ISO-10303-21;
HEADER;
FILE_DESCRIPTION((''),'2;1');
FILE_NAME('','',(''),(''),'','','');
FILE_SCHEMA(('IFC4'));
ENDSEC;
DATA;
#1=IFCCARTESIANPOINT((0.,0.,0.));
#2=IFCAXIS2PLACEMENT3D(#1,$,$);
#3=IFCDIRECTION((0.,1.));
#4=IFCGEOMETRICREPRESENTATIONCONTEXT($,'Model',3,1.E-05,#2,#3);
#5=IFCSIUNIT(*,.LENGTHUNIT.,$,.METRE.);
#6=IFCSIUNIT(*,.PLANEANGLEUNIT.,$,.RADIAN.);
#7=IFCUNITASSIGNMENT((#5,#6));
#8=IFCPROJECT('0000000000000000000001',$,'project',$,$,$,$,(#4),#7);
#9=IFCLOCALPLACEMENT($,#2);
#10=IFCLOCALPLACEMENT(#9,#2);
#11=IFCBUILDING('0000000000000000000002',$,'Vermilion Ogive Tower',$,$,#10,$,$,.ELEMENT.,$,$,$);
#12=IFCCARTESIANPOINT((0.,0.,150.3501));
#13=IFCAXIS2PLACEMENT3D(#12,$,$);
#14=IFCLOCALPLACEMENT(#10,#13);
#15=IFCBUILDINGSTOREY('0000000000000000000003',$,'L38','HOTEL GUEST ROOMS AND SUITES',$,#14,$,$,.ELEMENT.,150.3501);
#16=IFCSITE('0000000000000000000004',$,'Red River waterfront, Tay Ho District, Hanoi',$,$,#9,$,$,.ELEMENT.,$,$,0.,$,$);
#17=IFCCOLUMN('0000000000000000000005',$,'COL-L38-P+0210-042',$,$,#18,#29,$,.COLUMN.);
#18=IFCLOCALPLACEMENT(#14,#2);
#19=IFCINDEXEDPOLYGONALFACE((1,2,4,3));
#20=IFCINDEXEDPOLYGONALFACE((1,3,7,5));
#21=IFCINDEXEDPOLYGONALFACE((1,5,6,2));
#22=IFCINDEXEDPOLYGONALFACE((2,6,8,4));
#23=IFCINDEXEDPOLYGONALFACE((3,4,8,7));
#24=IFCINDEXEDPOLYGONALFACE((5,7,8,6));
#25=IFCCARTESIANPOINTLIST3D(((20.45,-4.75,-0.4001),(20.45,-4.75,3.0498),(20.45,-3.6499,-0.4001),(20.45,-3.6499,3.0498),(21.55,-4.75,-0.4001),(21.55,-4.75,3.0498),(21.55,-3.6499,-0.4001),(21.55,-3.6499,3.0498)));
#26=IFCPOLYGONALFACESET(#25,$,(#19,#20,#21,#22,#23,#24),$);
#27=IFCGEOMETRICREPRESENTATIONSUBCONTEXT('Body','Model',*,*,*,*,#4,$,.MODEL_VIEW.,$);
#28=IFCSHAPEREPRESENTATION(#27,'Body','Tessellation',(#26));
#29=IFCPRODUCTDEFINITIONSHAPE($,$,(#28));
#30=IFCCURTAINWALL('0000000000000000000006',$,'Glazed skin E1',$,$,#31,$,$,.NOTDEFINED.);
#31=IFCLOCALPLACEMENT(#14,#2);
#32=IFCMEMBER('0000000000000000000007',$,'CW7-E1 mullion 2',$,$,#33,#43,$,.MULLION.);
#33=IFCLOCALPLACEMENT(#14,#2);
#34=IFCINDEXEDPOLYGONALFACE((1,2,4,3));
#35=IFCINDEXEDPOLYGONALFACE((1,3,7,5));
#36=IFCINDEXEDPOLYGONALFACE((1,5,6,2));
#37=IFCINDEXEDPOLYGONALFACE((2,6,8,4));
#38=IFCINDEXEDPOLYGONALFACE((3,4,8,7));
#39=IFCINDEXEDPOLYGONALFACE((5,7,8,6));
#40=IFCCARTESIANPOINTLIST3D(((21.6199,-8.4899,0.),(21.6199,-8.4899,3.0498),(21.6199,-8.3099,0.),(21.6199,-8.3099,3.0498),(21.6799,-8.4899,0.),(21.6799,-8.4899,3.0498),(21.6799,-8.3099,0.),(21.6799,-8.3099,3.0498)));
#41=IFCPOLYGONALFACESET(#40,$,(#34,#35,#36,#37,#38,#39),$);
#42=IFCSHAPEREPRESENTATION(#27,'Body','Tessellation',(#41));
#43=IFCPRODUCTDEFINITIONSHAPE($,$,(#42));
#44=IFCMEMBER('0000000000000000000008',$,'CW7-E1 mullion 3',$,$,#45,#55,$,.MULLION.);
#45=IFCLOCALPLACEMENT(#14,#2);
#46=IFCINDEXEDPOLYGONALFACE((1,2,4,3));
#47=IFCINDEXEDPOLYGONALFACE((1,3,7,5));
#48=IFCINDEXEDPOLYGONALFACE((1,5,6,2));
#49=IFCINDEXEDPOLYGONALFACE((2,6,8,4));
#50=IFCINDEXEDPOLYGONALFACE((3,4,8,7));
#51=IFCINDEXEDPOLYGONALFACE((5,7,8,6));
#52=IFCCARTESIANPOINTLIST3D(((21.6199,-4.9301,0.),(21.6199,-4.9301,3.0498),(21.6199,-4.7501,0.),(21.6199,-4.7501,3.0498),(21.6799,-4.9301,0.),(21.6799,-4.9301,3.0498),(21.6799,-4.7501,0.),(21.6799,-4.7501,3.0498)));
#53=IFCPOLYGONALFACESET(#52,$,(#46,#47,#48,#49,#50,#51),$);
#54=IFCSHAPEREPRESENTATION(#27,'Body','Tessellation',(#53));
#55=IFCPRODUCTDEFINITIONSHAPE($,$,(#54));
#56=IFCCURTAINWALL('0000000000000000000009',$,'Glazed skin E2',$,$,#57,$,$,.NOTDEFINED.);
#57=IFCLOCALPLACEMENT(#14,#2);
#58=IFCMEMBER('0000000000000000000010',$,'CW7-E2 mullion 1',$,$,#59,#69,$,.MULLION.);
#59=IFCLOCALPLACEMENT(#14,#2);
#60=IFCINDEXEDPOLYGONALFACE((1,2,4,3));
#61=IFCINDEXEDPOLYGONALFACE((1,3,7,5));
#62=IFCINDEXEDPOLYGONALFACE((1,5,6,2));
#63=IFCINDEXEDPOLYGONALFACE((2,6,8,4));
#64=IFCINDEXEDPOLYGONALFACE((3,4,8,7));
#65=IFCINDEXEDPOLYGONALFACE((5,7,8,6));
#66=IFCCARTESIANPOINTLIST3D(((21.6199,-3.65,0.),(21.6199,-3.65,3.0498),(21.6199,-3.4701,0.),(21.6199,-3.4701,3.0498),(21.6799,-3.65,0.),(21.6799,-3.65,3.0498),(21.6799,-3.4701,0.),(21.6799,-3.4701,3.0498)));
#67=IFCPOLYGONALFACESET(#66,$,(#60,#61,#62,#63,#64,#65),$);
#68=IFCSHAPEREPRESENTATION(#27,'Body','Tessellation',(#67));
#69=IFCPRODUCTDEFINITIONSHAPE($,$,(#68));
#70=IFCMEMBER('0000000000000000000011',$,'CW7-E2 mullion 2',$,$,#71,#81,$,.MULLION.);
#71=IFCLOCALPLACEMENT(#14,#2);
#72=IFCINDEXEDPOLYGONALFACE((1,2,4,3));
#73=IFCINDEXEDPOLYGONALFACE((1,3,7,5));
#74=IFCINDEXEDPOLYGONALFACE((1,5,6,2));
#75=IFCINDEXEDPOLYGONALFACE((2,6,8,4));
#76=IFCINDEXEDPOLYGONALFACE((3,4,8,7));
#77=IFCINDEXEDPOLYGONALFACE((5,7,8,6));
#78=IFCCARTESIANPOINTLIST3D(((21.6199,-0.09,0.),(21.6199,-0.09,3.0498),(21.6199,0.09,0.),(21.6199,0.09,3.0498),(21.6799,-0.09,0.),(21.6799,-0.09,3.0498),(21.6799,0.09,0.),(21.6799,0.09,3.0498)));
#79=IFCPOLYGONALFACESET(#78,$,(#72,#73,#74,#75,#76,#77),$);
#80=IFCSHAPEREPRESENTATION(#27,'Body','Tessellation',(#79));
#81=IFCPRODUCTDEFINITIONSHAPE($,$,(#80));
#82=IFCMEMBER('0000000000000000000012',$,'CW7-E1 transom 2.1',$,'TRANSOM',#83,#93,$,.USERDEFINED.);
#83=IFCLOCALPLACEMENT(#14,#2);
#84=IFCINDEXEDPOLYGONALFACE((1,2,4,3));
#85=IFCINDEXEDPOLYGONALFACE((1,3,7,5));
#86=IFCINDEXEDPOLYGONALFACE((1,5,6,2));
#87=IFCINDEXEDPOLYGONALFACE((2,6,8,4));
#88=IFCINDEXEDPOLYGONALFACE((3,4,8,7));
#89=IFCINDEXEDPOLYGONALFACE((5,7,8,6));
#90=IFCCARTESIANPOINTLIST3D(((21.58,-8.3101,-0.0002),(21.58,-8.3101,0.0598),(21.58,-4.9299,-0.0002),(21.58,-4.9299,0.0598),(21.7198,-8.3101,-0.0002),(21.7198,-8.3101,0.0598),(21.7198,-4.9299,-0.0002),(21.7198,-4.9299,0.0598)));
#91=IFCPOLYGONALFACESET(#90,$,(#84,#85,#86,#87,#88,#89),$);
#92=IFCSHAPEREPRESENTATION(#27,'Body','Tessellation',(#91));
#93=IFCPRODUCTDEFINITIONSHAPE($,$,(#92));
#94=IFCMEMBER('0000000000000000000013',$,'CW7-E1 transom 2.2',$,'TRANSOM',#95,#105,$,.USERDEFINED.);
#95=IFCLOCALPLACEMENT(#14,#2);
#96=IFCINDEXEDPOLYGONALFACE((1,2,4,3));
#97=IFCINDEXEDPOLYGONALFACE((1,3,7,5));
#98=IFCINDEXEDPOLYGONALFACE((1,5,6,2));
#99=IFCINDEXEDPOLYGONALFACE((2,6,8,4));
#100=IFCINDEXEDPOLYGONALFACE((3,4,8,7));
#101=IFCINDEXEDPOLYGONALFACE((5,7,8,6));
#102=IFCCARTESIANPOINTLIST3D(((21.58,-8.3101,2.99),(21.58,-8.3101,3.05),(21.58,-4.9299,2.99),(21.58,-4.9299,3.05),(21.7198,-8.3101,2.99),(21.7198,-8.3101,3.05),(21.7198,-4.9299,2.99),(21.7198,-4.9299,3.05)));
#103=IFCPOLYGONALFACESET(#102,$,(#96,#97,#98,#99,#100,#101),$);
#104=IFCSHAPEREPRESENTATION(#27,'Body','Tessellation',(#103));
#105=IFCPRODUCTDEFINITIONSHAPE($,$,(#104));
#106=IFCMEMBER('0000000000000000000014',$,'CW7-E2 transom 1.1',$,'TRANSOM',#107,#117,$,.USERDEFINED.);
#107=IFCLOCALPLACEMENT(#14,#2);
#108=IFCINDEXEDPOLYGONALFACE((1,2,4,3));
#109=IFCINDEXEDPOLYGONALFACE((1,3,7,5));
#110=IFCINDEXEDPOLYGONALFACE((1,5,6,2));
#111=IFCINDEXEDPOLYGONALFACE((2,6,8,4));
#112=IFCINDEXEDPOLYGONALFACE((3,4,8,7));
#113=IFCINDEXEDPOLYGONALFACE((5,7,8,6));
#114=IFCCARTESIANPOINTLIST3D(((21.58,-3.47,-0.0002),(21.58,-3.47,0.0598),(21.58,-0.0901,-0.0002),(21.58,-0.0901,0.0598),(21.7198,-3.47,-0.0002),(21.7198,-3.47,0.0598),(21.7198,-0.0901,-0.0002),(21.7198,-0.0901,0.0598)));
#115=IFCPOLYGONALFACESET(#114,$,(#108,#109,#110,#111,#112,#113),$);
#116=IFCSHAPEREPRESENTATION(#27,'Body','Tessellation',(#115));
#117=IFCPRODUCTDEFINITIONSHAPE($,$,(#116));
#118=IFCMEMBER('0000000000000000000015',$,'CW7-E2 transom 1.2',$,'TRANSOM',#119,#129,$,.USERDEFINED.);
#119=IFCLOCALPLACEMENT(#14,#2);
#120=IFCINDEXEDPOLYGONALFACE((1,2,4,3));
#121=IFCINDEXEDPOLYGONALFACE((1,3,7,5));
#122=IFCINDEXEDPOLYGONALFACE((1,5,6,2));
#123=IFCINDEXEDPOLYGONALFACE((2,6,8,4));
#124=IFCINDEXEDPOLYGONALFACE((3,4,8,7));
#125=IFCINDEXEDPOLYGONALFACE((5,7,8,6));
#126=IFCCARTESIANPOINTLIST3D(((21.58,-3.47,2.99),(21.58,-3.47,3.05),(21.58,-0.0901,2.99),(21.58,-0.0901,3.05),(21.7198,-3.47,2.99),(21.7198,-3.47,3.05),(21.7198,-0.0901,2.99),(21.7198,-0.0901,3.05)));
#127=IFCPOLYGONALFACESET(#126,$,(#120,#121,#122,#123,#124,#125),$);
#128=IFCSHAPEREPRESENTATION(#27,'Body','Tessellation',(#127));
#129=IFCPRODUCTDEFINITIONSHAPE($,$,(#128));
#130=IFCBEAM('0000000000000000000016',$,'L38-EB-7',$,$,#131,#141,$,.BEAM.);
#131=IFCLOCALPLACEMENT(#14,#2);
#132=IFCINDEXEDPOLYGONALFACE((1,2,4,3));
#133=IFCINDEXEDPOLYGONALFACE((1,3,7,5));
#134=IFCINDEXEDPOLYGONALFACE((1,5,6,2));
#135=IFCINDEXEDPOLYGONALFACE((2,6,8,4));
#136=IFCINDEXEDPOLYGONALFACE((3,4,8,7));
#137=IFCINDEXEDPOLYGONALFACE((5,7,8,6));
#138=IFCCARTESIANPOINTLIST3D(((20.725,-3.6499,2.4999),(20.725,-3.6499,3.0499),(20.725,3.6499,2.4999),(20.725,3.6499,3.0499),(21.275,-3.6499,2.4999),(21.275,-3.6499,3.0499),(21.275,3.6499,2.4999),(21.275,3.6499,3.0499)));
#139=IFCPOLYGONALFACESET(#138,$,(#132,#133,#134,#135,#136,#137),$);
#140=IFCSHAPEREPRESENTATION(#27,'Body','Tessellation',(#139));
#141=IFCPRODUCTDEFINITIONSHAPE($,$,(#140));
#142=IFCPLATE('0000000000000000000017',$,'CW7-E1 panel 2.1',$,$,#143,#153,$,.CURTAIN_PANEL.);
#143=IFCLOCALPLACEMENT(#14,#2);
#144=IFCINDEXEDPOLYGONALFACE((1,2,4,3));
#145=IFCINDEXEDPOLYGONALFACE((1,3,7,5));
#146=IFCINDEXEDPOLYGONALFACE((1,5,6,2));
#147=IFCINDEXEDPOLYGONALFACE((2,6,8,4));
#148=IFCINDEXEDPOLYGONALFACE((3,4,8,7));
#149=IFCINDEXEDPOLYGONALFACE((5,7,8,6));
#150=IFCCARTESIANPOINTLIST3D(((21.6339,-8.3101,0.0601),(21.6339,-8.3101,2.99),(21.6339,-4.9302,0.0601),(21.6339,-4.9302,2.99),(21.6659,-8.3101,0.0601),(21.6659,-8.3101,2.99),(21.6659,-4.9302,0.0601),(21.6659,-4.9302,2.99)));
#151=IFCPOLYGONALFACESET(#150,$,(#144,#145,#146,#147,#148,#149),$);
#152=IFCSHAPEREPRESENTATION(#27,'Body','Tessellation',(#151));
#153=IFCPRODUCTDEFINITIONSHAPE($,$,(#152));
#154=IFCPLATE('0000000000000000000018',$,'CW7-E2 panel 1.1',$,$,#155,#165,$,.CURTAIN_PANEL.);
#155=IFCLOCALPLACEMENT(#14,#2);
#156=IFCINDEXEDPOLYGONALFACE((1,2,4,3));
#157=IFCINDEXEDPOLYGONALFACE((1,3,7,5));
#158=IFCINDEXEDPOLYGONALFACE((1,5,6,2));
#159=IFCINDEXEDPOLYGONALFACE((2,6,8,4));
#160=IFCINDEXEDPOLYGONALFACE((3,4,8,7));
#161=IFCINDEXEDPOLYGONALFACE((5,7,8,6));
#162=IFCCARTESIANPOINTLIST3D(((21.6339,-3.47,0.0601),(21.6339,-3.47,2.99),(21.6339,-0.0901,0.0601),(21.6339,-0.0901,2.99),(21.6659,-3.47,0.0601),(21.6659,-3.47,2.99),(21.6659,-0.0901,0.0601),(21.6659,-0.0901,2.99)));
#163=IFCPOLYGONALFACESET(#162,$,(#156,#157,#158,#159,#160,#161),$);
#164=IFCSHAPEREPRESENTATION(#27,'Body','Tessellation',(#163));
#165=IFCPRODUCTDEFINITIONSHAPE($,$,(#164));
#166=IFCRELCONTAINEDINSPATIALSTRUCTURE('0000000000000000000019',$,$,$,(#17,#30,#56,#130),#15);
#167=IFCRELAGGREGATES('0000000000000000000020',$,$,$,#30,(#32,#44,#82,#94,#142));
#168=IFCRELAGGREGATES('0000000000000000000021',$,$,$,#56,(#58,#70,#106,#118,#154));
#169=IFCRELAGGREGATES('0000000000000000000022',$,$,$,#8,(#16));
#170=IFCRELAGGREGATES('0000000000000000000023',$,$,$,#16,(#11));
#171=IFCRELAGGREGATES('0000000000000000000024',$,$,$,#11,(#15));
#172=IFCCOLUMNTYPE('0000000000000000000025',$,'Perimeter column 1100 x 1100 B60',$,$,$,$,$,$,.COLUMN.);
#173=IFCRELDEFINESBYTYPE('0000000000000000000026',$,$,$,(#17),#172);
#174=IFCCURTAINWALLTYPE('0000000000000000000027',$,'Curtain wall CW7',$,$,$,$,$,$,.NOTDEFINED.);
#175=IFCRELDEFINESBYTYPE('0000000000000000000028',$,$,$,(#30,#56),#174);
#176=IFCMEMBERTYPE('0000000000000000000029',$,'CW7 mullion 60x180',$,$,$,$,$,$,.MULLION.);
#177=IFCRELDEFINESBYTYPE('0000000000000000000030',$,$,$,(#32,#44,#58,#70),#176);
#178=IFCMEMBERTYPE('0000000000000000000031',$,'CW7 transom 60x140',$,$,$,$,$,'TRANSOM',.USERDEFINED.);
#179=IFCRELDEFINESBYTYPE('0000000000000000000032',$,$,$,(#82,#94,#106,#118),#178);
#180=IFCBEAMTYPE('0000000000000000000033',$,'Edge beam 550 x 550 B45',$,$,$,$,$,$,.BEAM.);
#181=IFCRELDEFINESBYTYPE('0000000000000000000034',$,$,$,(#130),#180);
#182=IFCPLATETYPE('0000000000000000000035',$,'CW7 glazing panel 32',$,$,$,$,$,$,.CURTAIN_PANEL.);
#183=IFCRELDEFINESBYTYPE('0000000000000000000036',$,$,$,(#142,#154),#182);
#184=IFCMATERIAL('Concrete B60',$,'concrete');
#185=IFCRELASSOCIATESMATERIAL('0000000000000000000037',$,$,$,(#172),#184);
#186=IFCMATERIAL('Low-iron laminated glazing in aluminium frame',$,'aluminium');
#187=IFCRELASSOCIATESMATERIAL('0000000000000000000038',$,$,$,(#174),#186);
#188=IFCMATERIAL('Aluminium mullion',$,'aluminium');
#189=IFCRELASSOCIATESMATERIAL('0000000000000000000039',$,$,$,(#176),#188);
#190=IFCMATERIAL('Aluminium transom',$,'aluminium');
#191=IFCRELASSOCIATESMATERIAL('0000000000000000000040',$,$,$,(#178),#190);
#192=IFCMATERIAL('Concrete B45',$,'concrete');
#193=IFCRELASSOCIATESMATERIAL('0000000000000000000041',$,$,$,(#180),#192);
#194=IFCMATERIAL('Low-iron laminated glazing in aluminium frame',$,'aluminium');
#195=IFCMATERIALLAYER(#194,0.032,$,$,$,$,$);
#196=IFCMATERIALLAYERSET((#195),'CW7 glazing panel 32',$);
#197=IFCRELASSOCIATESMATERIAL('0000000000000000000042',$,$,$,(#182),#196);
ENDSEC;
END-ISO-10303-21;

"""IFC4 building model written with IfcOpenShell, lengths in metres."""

from ifc_helpers import new_model, si_unit, direction, frame, origin, origin_2d, place, context, subcontext, project, spatial, rectangle, extrude, material, layer, layer_set, material_profile, profile_set, type_object, element, aggregate, save


model = new_model("IFC4")

# Units and contexts
model_context = context("Model", 3, precision=1e-05, world=origin(), true_north=direction((0.0, 1.0)))
body_context = subcontext(model_context, "Body", "Model", "MODEL_VIEW")
ifc_project = project(units=[si_unit("LENGTHUNIT", "METRE"), si_unit("PLANEANGLEUNIT", "RADIAN")], contexts=[model_context])

# Site, building, storey
site_placement = place(None, origin())
site = spatial("IfcSite", under=ifc_project, at=site_placement, Name="Red River waterfront, Tay Ho District, Hanoi", CompositionType="ELEMENT", RefElevation=0.0)
building_placement = place(site_placement, origin())
building = spatial("IfcBuilding", under=site, at=building_placement, Name="Vermilion Ogive Tower", CompositionType="ELEMENT")
storey_placement = place(building_placement, frame((0.0, 0.0, 150.3501)))
storey = spatial("IfcBuildingStorey", under=building, at=storey_placement, Name="L38", Description="HOTEL GUEST ROOMS AND SUITES", CompositionType="ELEMENT", Elevation=150.3501)

# Column
ifc_material_1 = material(Name="Concrete B60", Category="concrete")
ifc_material_profile_1 = material_profile(ifc_material_1, rectangle(XDim=1.1001, YDim=1.1001, at=origin_2d()), Name="1100 x 1100")
ifc_profile_set_1 = profile_set([ifc_material_profile_1], Name="Concrete B60")
column_type = type_object("IfcColumnType", Name="Perimeter column 1100 x 1100 B60", PredefinedType="COLUMN", material=ifc_profile_set_1)
column_placement = place(storey_placement, frame((21.0, -4.2, -0.4001), z_axis=(0.0, 0.0, 1.0), x_axis=(1.0, 0.0, 0.0)))
element("IfcColumn", 1, at=column_placement, inside=storey, type_object=column_type, Name="COL-L38-P+0210-042", PredefinedType="COLUMN", context=body_context, shape_type="SweptSolid", body=[
    extrude(rectangle(XDim=1.1001, YDim=1.1001, at=origin_2d()), origin(), (0.0, 0.0, 1.0), 3.45),
])

# Curtain walls, members
ifc_material_2 = material(Name="Low-iron laminated glazing in aluminium frame", Category="aluminium")
curtain_wall_type = type_object("IfcCurtainWallType", Name="Curtain wall CW7", PredefinedType="NOTDEFINED", material=ifc_material_2)
curtain_wall_1_placement = place(storey_placement, origin())
curtain_wall_1 = element("IfcCurtainWall", 2, at=curtain_wall_1_placement, inside=storey, type_object=curtain_wall_type, Name="Glazed skin E1", PredefinedType="NOTDEFINED")
ifc_material_3 = material(Name="Aluminium mullion", Category="aluminium")
ifc_material_profile_2 = material_profile(ifc_material_3, rectangle(XDim=0.0601, YDim=0.1799, at=origin_2d()), Name="AL 60x180")
ifc_profile_set_2 = profile_set([ifc_material_profile_2], Name="Aluminium mullion")
member_type_1 = type_object("IfcMemberType", Name="CW7 mullion 60x180", PredefinedType="MULLION", material=ifc_profile_set_2)
member_1_placement = place(storey_placement, frame((21.6499, -8.3999, 0.0), z_axis=(0.0, 0.0, 1.0), x_axis=(-1.0, 0.0, 0.0)))
member_1 = element("IfcMember", 3, at=member_1_placement, type_object=member_type_1, Name="CW7-E1 mullion 2", PredefinedType="MULLION", context=body_context, shape_type="SweptSolid", body=[
    extrude(rectangle(XDim=0.0601, YDim=0.1799, at=origin_2d()), origin(), (0.0, 0.0, 1.0), 3.0498),
])
member_2_placement = place(storey_placement, frame((21.6499, -4.8401, 0.0), z_axis=(0.0, 0.0, 1.0), x_axis=(-1.0, 0.0, 0.0)))
member_2 = element("IfcMember", 4, at=member_2_placement, type_object=member_type_1, Name="CW7-E1 mullion 3", PredefinedType="MULLION", context=body_context, shape_type="SweptSolid", body=[
    extrude(rectangle(XDim=0.0601, YDim=0.1799, at=origin_2d()), origin(), (0.0, 0.0, 1.0), 3.0498),
])
curtain_wall_2_placement = place(storey_placement, origin())
curtain_wall_2 = element("IfcCurtainWall", 5, at=curtain_wall_2_placement, inside=storey, type_object=curtain_wall_type, Name="Glazed skin E2", PredefinedType="NOTDEFINED")
member_3_placement = place(storey_placement, frame((21.6499, -3.5601, 0.0), z_axis=(0.0, 0.0, 1.0), x_axis=(-1.0, 0.0, 0.0)))
member_3 = element("IfcMember", 6, at=member_3_placement, type_object=member_type_1, Name="CW7-E2 mullion 1", PredefinedType="MULLION", context=body_context, shape_type="SweptSolid", body=[
    extrude(rectangle(XDim=0.0601, YDim=0.1799, at=origin_2d()), origin(), (0.0, 0.0, 1.0), 3.0498),
])
member_4_placement = place(storey_placement, frame((21.6499, 0.0, 0.0), z_axis=(0.0, 0.0, 1.0), x_axis=(-1.0, 0.0, 0.0)))
member_4 = element("IfcMember", 7, at=member_4_placement, type_object=member_type_1, Name="CW7-E2 mullion 2", PredefinedType="MULLION", context=body_context, shape_type="SweptSolid", body=[
    extrude(rectangle(XDim=0.0601, YDim=0.1799, at=origin_2d()), origin(), (0.0, 0.0, 1.0), 3.0498),
])

# Members
ifc_material_4 = material(Name="Aluminium transom", Category="aluminium")
ifc_material_profile_3 = material_profile(ifc_material_4, rectangle(XDim=0.1399, YDim=0.0601, at=origin_2d()), Name="AL 60x140")
ifc_profile_set_3 = profile_set([ifc_material_profile_3], Name="Aluminium transom")
member_type_2 = type_object("IfcMemberType", Name="CW7 transom 60x140", ElementType="TRANSOM", PredefinedType="USERDEFINED", material=ifc_profile_set_3)
member_5_placement = place(storey_placement, frame((21.6499, -8.3101, 0.0298), z_axis=(0.0, 1.0, 0.0), x_axis=(-1.0, 0.0, 0.0)))
member_5 = element("IfcMember", 8, at=member_5_placement, type_object=member_type_2, Name="CW7-E1 transom 2.1", ObjectType="TRANSOM", PredefinedType="USERDEFINED", context=body_context, shape_type="SweptSolid", body=[
    extrude(rectangle(XDim=0.1399, YDim=0.0601, at=origin_2d()), origin(), (0.0, 0.0, 1.0), 3.3801),
])
member_6_placement = place(storey_placement, frame((21.6499, -8.3101, 3.02), z_axis=(0.0, 1.0, 0.0), x_axis=(-1.0, 0.0, 0.0)))
member_6 = element("IfcMember", 9, at=member_6_placement, type_object=member_type_2, Name="CW7-E1 transom 2.2", ObjectType="TRANSOM", PredefinedType="USERDEFINED", context=body_context, shape_type="SweptSolid", body=[
    extrude(rectangle(XDim=0.1399, YDim=0.0601, at=origin_2d()), origin(), (0.0, 0.0, 1.0), 3.3801),
])
member_7_placement = place(storey_placement, frame((21.6499, -3.47, 0.0298), z_axis=(0.0, 1.0, 0.0), x_axis=(-1.0, 0.0, 0.0)))
member_7 = element("IfcMember", 10, at=member_7_placement, type_object=member_type_2, Name="CW7-E2 transom 1.1", ObjectType="TRANSOM", PredefinedType="USERDEFINED", context=body_context, shape_type="SweptSolid", body=[
    extrude(rectangle(XDim=0.1399, YDim=0.0601, at=origin_2d()), origin(), (0.0, 0.0, 1.0), 3.3799),
])
member_8_placement = place(storey_placement, frame((21.6499, -3.47, 3.02), z_axis=(0.0, 1.0, 0.0), x_axis=(-1.0, 0.0, 0.0)))
member_8 = element("IfcMember", 11, at=member_8_placement, type_object=member_type_2, Name="CW7-E2 transom 1.2", ObjectType="TRANSOM", PredefinedType="USERDEFINED", context=body_context, shape_type="SweptSolid", body=[
    extrude(rectangle(XDim=0.1399, YDim=0.0601, at=origin_2d()), origin(), (0.0, 0.0, 1.0), 3.3799),
])

# Beam
ifc_material_5 = material(Name="Concrete B45", Category="concrete")
ifc_material_profile_4 = material_profile(ifc_material_5, rectangle(XDim=0.55, YDim=0.55, at=origin_2d()), Name="550 x 550")
ifc_profile_set_4 = profile_set([ifc_material_profile_4], Name="Concrete B45")
beam_type = type_object("IfcBeamType", Name="Edge beam 550 x 550 B45", PredefinedType="BEAM", material=ifc_profile_set_4)
beam_placement = place(storey_placement, frame((21.0, -3.6499, 2.7749), z_axis=(0.0, 1.0, 0.0), x_axis=(-1.0, 0.0, 0.0)))
element("IfcBeam", 12, at=beam_placement, inside=storey, type_object=beam_type, Name="L38-EB-7", PredefinedType="BEAM", context=body_context, shape_type="SweptSolid", body=[
    extrude(rectangle(XDim=0.55, YDim=0.55, at=origin_2d()), origin(), (0.0, 0.0, 1.0), 7.2998),
])

# Plates
ifc_material_6 = material(Name="Low-iron laminated glazing in aluminium frame", Category="aluminium")
ifc_layer_1 = layer(ifc_material_6, 0.032)
ifc_layer_set_1 = layer_set([ifc_layer_1], Name="CW7 glazing panel 32")
plate_type = type_object("IfcPlateType", Name="CW7 glazing panel 32", PredefinedType="CURTAIN_PANEL", material=ifc_layer_set_1)
plate_1_placement = place(storey_placement, frame((21.6499, -6.6201, 0.0601), z_axis=(0.0, 0.0, 1.0), x_axis=(0.0, 1.0, 0.0)))
plate_1 = element("IfcPlate", 13, at=plate_1_placement, type_object=plate_type, Name="CW7-E1 panel 2.1", PredefinedType="CURTAIN_PANEL", context=body_context, shape_type="SweptSolid", body=[
    extrude(rectangle(XDim=3.3799, YDim=0.032, at=origin_2d()), origin(), (0.0, 0.0, 1.0), 2.9299),
])
aggregate(curtain_wall_1, [member_1, member_2, member_5, member_6, plate_1])
plate_2_placement = place(storey_placement, frame((21.6499, -1.78, 0.0601), z_axis=(0.0, 0.0, 1.0), x_axis=(0.0, 1.0, 0.0)))
plate_2 = element("IfcPlate", 14, at=plate_2_placement, type_object=plate_type, Name="CW7-E2 panel 1.1", PredefinedType="CURTAIN_PANEL", context=body_context, shape_type="SweptSolid", body=[
    extrude(rectangle(XDim=3.3799, YDim=0.032, at=origin_2d()), origin(), (0.0, 0.0, 1.0), 2.9299),
])
aggregate(curtain_wall_2, [member_3, member_4, member_7, member_8, plate_2])

save(model, "model.ifc")
